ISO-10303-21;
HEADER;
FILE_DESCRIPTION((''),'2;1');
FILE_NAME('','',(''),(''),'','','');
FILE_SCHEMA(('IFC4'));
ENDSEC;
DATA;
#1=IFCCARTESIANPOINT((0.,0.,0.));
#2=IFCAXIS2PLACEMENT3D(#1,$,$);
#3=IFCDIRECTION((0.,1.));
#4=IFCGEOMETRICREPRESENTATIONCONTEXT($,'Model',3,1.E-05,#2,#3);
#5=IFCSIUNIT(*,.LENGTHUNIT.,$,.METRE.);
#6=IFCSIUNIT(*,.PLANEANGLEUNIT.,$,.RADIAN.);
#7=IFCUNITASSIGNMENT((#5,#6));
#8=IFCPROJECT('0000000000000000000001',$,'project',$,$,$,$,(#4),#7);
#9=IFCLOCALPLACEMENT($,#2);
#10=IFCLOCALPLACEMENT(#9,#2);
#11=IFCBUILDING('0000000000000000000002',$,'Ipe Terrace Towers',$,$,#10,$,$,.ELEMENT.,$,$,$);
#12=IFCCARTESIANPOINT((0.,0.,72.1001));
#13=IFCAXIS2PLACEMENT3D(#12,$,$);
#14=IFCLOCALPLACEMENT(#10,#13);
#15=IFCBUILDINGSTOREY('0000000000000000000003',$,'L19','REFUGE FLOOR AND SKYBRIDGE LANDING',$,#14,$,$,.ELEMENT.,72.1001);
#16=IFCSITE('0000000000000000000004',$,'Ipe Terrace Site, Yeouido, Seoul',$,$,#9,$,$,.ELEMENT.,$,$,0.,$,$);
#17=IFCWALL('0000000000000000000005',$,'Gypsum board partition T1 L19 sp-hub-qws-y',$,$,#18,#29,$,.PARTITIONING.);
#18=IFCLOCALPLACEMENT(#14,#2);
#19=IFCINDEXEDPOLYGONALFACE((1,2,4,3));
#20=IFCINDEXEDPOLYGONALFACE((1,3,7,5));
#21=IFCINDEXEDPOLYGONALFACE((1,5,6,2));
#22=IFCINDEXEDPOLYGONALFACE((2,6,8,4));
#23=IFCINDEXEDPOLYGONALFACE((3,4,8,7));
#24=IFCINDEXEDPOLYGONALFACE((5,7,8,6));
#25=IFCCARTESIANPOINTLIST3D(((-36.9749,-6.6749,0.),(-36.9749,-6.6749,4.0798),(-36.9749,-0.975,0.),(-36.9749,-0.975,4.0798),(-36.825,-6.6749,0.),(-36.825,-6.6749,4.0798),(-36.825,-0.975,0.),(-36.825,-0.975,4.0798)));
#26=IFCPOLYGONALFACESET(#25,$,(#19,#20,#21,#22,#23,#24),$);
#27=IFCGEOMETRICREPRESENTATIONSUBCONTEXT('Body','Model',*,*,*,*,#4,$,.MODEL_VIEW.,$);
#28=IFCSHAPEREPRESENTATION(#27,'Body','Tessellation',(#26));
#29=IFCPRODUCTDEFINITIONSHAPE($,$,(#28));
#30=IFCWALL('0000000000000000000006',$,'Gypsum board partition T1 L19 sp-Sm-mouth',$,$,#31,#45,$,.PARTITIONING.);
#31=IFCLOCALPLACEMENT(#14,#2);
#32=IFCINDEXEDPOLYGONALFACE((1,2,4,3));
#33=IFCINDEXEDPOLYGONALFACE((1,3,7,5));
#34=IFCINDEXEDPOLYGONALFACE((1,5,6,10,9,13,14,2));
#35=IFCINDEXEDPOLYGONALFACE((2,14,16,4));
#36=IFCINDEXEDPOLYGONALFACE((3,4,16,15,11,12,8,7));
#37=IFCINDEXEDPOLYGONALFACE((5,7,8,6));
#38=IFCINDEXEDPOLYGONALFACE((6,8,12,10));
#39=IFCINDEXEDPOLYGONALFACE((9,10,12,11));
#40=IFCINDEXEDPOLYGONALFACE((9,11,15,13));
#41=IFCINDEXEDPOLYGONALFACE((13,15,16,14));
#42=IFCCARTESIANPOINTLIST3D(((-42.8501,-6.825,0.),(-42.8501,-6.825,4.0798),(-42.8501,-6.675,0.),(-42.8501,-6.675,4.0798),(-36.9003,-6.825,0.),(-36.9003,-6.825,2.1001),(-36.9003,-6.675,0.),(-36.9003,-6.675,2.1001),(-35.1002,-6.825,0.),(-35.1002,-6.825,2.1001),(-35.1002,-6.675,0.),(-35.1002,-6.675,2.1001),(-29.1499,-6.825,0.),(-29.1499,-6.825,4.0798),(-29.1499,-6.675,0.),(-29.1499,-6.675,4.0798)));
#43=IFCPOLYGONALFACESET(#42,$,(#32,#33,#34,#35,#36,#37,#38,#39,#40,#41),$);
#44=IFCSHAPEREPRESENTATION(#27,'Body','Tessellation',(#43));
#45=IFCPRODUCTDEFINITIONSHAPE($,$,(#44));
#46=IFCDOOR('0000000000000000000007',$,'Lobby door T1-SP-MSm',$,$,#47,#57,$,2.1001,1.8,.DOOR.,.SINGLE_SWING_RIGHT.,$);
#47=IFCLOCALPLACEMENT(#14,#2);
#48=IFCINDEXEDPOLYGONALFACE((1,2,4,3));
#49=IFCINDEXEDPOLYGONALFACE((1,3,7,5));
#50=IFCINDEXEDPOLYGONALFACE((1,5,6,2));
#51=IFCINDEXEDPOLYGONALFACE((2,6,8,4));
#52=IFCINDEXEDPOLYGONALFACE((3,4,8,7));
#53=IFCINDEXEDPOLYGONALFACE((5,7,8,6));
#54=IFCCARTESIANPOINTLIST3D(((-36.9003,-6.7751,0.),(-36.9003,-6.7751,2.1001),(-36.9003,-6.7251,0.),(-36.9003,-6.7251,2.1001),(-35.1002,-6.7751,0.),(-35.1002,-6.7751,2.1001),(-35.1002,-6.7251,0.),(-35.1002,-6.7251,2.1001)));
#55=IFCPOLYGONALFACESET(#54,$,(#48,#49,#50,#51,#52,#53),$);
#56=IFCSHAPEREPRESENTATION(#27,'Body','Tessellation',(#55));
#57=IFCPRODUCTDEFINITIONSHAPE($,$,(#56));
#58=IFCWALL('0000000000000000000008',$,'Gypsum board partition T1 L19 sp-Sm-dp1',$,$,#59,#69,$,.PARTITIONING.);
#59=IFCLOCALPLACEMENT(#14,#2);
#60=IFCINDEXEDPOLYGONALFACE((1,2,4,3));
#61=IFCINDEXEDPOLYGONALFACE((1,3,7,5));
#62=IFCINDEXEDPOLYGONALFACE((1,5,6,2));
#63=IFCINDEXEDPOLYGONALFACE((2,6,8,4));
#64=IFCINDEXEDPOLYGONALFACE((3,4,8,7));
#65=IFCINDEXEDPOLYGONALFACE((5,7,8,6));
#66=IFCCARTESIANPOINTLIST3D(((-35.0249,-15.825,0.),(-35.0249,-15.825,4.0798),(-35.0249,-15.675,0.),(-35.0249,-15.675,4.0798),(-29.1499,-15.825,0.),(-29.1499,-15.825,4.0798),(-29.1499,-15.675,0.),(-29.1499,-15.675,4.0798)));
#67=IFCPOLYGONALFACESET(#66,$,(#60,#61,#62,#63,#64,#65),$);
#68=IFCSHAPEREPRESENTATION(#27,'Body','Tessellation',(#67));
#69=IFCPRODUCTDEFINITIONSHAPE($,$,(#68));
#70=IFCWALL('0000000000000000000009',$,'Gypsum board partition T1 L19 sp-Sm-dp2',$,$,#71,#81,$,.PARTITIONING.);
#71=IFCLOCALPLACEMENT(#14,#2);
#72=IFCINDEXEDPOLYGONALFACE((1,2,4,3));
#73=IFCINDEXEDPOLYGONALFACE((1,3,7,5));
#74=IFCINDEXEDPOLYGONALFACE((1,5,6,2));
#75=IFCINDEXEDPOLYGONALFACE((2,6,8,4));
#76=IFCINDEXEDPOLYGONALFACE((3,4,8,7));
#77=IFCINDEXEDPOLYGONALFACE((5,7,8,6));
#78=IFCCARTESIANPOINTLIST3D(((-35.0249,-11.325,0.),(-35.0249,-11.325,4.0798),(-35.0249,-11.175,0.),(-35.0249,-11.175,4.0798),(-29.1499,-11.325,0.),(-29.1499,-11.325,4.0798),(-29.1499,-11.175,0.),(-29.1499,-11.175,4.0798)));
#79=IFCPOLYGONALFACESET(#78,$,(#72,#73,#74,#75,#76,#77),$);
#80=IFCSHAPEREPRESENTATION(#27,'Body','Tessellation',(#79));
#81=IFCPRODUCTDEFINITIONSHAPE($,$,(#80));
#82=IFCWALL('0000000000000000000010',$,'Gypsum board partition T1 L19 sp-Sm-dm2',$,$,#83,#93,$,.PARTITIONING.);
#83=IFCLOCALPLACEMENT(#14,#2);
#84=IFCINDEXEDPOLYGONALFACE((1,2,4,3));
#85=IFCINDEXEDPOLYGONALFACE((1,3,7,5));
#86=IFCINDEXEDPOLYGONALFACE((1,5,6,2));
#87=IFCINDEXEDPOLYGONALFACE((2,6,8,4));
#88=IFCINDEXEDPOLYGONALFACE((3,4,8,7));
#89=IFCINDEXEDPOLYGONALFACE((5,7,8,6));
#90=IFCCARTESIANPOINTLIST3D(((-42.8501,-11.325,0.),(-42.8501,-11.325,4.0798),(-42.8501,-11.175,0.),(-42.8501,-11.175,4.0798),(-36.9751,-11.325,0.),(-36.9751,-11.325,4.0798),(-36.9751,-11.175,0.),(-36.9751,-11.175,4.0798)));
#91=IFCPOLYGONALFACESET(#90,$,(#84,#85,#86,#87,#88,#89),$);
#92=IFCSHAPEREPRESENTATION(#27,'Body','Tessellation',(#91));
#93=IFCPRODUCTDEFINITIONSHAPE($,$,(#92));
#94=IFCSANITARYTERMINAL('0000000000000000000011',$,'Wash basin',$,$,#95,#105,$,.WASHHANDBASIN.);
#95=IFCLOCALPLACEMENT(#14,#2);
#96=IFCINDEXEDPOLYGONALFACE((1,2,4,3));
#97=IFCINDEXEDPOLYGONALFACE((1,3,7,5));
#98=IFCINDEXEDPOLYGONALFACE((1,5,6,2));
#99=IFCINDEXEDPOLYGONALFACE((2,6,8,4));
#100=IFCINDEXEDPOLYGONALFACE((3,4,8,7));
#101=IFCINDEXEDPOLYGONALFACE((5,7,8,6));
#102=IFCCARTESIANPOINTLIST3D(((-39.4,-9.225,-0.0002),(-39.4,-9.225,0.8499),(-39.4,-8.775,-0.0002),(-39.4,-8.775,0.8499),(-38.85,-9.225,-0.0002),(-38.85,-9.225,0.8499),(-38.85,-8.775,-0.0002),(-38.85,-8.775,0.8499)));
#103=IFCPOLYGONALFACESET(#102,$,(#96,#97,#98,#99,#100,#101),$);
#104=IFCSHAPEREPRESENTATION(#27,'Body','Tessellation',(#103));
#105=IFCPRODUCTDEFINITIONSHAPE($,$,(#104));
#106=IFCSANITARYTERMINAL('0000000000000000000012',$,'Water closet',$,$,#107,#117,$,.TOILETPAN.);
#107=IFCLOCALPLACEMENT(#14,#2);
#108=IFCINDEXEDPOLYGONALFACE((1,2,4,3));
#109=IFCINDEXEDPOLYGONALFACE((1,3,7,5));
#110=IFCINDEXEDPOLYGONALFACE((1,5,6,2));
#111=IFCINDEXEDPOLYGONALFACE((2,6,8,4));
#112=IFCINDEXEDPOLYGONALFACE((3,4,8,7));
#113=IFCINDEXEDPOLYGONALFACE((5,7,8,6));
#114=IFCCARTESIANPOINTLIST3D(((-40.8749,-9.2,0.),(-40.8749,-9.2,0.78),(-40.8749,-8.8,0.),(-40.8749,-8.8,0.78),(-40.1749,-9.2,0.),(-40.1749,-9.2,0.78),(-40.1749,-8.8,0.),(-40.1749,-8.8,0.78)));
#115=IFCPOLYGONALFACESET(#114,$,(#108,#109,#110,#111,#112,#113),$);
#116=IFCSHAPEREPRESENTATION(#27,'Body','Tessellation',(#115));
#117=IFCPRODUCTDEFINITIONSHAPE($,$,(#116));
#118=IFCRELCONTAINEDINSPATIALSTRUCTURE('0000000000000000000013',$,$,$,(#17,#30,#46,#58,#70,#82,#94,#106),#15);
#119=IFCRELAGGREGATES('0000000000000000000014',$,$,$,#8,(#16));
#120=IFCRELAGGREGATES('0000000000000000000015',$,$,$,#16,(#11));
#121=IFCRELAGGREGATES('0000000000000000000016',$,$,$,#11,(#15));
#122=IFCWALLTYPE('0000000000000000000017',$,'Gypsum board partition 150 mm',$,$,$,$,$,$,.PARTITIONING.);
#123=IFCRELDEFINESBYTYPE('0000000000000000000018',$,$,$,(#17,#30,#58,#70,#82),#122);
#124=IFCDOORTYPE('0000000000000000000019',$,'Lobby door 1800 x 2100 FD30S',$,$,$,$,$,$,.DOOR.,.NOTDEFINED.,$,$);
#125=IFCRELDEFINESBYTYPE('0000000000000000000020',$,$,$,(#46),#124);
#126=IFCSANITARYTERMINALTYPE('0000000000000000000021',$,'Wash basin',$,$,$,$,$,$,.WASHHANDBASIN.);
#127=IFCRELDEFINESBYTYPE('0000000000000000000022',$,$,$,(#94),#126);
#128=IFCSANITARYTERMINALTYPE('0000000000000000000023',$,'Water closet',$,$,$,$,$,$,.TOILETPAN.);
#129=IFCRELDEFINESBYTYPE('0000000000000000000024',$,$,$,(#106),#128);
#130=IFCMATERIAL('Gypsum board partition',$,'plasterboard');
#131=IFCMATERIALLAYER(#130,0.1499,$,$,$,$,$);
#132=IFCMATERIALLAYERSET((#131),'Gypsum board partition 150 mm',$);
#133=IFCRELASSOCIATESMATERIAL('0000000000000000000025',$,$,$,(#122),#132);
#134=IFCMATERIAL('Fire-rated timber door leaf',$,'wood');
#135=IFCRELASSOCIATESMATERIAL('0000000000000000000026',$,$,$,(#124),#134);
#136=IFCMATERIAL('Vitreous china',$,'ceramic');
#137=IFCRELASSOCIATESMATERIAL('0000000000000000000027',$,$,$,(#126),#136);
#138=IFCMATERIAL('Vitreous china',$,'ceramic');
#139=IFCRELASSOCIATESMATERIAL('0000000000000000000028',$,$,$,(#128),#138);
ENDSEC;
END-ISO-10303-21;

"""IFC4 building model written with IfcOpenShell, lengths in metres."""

from ifc_helpers import new_model, si_unit, direction, frame, frame_2d, origin, origin_2d, place, context, subcontext, project, spatial, rectangle, extrude, material, layer, layer_set, type_object, element, fill, save


model = new_model("IFC4")

# Units and contexts
model_context = context("Model", 3, precision=1e-05, world=origin(), true_north=direction((0.0, 1.0)))
body_context = subcontext(model_context, "Body", "Model", "MODEL_VIEW")
ifc_project = project(units=[si_unit("LENGTHUNIT", "METRE"), si_unit("PLANEANGLEUNIT", "RADIAN")], contexts=[model_context])

# Site, building, storey
site_placement = place(None, origin())
site = spatial("IfcSite", under=ifc_project, at=site_placement, Name="Ipe Terrace Site, Yeouido, Seoul", CompositionType="ELEMENT", RefElevation=0.0)
building_placement = place(site_placement, origin())
building = spatial("IfcBuilding", under=site, at=building_placement, Name="Ipe Terrace Towers", CompositionType="ELEMENT")
storey_placement = place(building_placement, frame((0.0, 0.0, 72.1001)))
storey = spatial("IfcBuildingStorey", under=building, at=storey_placement, Name="L19", Description="REFUGE FLOOR AND SKYBRIDGE LANDING", CompositionType="ELEMENT", Elevation=72.1001)

# Shared definitions
ifc_material_1 = material(Name="Gypsum board partition", Category="plasterboard")
ifc_layer_1 = layer(ifc_material_1, 0.1499)
ifc_layer_set_1 = layer_set([ifc_layer_1], Name="Gypsum board partition 150 mm")
wall_type = type_object("IfcWallType", Name="Gypsum board partition 150 mm", PredefinedType="PARTITIONING", material=ifc_layer_set_1)

# Wall
wall_1_placement = place(storey_placement, frame((-36.8999, -6.675, 0.0), z_axis=(0.0, 0.0, 1.0), x_axis=(0.0, 1.0, 0.0)))
element("IfcWall", 1, at=wall_1_placement, inside=storey, type_object=wall_type, Name="Gypsum board partition T1 L19 sp-hub-qws-y", PredefinedType="PARTITIONING", context=body_context, shape_type="SweptSolid", body=[
    extrude(rectangle(XDim=5.7, YDim=0.1499, at=frame_2d((2.8501, 0.0))), origin(), (0.0, 0.0, 1.0), 4.0798),
])

# Wall, opening, door
wall_2_placement = place(storey_placement, frame((-42.8501, -6.75, 0.0), z_axis=(0.0, 0.0, 1.0), x_axis=(1.0, 0.0, 0.0)))
wall_2 = element("IfcWall", 2, at=wall_2_placement, inside=storey, type_object=wall_type, Name="Gypsum board partition T1 L19 sp-Sm-mouth", PredefinedType="PARTITIONING", context=body_context, shape_type="SweptSolid", body=[
    extrude(rectangle(XDim=13.7002, YDim=0.1499, at=frame_2d((6.8501, 0.0))), origin(), (0.0, 0.0, 1.0), 4.0798),
])
opening_1_placement = place(wall_2_placement, frame((5.95, 0.0, 0.0)))
opening_1 = element("IfcOpeningElement", 3, at=opening_1_placement, cuts=wall_2, PredefinedType="OPENING", context=body_context, shape_type="SweptSolid", body=[
    extrude(rectangle(XDim=1.8, YDim=2.1001, at=frame_2d((0.8999, 1.05))), frame((0.0, 0.085, 0.0), z_axis=(0.0, -1.0, 0.0), x_axis=(1.0, 0.0, 0.0)), (0.0, 0.0, 1.0), 0.1699),
])
ifc_material_2 = material(Name="Fire-rated timber door leaf", Category="wood")
door_type_1 = type_object("IfcDoorType", Name="Lobby door 1800 x 2100 FD30S", OperationType="NOTDEFINED", PredefinedType="DOOR", material=ifc_material_2)
door_1_placement = place(opening_1_placement, origin())
door_1 = element("IfcDoor", 4, at=door_1_placement, inside=storey, type_object=door_type_1, Name="Lobby door T1-SP-MSm", OperationType="SINGLE_SWING_RIGHT", OverallHeight=2.1001, OverallWidth=1.8, PredefinedType="DOOR", context=body_context, shape_type="SweptSolid", body=[
    extrude(rectangle(XDim=1.8, YDim=2.1001, at=frame_2d((0.8999, 1.05))), frame((0.0, 0.0249, 0.0), z_axis=(0.0, -1.0, 0.0), x_axis=(1.0, 0.0, 0.0)), (0.0, 0.0, 1.0), 0.05),
])
fill(opening_1, door_1)

# Walls
for number, where, z_axis, x_axis, name in (
    (5, (-35.0249, -15.75, 0.0), (0.0, 0.0, 1.0), (1.0, 0.0, 0.0), "Gypsum board partition T1 L19 sp-Sm-dp1"),
    (6, (-35.0249, -11.25, 0.0), (0.0, 0.0, 1.0), (1.0, 0.0, 0.0), "Gypsum board partition T1 L19 sp-Sm-dp2"),
    (7, (-36.9751, -11.25, 0.0), (0.0, 0.0, 1.0), (-1.0, 0.0, 0.0), "Gypsum board partition T1 L19 sp-Sm-dm2"),
):
    element("IfcWall", number, at=place(storey_placement, frame(where, z_axis=z_axis, x_axis=x_axis)), inside=storey, type_object=wall_type, Name=name, PredefinedType="PARTITIONING", context=body_context, shape_type="SweptSolid", body=[
        extrude(rectangle(XDim=5.875, YDim=0.1499, at=frame_2d((2.9375, 0.0))), origin(), (0.0, 0.0, 1.0), 4.0798),
    ])

# Sanitary terminals
ifc_material_3 = material(Name="Vitreous china", Category="ceramic")
sanitary_terminal_type_1 = type_object("IfcSanitaryTerminalType", Name="Wash basin", PredefinedType="WASHHANDBASIN", material=ifc_material_3)
sanitary_terminal_1_placement = place(storey_placement, frame((-39.125, -9.0, -0.0002), z_axis=(0.0, 0.0, 1.0), x_axis=(1.0, 0.0, 0.0)))
element("IfcSanitaryTerminal", 8, at=sanitary_terminal_1_placement, inside=storey, type_object=sanitary_terminal_type_1, Name="Wash basin", PredefinedType="WASHHANDBASIN", context=body_context, shape_type="SweptSolid", body=[
    extrude(rectangle(XDim=0.55, YDim=0.45, at=origin_2d()), origin(), (0.0, 0.0, 1.0), 0.8501),
])
ifc_material_4 = material(Name="Vitreous china", Category="ceramic")
sanitary_terminal_type_2 = type_object("IfcSanitaryTerminalType", Name="Water closet", PredefinedType="TOILETPAN", material=ifc_material_4)
sanitary_terminal_2_placement = place(storey_placement, frame((-40.5249, -9.0, 0.0), z_axis=(0.0, 0.0, 1.0), x_axis=(1.0, 0.0, 0.0)))
element("IfcSanitaryTerminal", 9, at=sanitary_terminal_2_placement, inside=storey, type_object=sanitary_terminal_type_2, Name="Water closet", PredefinedType="TOILETPAN", context=body_context, shape_type="SweptSolid", body=[
    extrude(rectangle(XDim=0.7, YDim=0.3999, at=origin_2d()), origin(), (0.0, 0.0, 1.0), 0.78),
])

save(model, "model.ifc")
